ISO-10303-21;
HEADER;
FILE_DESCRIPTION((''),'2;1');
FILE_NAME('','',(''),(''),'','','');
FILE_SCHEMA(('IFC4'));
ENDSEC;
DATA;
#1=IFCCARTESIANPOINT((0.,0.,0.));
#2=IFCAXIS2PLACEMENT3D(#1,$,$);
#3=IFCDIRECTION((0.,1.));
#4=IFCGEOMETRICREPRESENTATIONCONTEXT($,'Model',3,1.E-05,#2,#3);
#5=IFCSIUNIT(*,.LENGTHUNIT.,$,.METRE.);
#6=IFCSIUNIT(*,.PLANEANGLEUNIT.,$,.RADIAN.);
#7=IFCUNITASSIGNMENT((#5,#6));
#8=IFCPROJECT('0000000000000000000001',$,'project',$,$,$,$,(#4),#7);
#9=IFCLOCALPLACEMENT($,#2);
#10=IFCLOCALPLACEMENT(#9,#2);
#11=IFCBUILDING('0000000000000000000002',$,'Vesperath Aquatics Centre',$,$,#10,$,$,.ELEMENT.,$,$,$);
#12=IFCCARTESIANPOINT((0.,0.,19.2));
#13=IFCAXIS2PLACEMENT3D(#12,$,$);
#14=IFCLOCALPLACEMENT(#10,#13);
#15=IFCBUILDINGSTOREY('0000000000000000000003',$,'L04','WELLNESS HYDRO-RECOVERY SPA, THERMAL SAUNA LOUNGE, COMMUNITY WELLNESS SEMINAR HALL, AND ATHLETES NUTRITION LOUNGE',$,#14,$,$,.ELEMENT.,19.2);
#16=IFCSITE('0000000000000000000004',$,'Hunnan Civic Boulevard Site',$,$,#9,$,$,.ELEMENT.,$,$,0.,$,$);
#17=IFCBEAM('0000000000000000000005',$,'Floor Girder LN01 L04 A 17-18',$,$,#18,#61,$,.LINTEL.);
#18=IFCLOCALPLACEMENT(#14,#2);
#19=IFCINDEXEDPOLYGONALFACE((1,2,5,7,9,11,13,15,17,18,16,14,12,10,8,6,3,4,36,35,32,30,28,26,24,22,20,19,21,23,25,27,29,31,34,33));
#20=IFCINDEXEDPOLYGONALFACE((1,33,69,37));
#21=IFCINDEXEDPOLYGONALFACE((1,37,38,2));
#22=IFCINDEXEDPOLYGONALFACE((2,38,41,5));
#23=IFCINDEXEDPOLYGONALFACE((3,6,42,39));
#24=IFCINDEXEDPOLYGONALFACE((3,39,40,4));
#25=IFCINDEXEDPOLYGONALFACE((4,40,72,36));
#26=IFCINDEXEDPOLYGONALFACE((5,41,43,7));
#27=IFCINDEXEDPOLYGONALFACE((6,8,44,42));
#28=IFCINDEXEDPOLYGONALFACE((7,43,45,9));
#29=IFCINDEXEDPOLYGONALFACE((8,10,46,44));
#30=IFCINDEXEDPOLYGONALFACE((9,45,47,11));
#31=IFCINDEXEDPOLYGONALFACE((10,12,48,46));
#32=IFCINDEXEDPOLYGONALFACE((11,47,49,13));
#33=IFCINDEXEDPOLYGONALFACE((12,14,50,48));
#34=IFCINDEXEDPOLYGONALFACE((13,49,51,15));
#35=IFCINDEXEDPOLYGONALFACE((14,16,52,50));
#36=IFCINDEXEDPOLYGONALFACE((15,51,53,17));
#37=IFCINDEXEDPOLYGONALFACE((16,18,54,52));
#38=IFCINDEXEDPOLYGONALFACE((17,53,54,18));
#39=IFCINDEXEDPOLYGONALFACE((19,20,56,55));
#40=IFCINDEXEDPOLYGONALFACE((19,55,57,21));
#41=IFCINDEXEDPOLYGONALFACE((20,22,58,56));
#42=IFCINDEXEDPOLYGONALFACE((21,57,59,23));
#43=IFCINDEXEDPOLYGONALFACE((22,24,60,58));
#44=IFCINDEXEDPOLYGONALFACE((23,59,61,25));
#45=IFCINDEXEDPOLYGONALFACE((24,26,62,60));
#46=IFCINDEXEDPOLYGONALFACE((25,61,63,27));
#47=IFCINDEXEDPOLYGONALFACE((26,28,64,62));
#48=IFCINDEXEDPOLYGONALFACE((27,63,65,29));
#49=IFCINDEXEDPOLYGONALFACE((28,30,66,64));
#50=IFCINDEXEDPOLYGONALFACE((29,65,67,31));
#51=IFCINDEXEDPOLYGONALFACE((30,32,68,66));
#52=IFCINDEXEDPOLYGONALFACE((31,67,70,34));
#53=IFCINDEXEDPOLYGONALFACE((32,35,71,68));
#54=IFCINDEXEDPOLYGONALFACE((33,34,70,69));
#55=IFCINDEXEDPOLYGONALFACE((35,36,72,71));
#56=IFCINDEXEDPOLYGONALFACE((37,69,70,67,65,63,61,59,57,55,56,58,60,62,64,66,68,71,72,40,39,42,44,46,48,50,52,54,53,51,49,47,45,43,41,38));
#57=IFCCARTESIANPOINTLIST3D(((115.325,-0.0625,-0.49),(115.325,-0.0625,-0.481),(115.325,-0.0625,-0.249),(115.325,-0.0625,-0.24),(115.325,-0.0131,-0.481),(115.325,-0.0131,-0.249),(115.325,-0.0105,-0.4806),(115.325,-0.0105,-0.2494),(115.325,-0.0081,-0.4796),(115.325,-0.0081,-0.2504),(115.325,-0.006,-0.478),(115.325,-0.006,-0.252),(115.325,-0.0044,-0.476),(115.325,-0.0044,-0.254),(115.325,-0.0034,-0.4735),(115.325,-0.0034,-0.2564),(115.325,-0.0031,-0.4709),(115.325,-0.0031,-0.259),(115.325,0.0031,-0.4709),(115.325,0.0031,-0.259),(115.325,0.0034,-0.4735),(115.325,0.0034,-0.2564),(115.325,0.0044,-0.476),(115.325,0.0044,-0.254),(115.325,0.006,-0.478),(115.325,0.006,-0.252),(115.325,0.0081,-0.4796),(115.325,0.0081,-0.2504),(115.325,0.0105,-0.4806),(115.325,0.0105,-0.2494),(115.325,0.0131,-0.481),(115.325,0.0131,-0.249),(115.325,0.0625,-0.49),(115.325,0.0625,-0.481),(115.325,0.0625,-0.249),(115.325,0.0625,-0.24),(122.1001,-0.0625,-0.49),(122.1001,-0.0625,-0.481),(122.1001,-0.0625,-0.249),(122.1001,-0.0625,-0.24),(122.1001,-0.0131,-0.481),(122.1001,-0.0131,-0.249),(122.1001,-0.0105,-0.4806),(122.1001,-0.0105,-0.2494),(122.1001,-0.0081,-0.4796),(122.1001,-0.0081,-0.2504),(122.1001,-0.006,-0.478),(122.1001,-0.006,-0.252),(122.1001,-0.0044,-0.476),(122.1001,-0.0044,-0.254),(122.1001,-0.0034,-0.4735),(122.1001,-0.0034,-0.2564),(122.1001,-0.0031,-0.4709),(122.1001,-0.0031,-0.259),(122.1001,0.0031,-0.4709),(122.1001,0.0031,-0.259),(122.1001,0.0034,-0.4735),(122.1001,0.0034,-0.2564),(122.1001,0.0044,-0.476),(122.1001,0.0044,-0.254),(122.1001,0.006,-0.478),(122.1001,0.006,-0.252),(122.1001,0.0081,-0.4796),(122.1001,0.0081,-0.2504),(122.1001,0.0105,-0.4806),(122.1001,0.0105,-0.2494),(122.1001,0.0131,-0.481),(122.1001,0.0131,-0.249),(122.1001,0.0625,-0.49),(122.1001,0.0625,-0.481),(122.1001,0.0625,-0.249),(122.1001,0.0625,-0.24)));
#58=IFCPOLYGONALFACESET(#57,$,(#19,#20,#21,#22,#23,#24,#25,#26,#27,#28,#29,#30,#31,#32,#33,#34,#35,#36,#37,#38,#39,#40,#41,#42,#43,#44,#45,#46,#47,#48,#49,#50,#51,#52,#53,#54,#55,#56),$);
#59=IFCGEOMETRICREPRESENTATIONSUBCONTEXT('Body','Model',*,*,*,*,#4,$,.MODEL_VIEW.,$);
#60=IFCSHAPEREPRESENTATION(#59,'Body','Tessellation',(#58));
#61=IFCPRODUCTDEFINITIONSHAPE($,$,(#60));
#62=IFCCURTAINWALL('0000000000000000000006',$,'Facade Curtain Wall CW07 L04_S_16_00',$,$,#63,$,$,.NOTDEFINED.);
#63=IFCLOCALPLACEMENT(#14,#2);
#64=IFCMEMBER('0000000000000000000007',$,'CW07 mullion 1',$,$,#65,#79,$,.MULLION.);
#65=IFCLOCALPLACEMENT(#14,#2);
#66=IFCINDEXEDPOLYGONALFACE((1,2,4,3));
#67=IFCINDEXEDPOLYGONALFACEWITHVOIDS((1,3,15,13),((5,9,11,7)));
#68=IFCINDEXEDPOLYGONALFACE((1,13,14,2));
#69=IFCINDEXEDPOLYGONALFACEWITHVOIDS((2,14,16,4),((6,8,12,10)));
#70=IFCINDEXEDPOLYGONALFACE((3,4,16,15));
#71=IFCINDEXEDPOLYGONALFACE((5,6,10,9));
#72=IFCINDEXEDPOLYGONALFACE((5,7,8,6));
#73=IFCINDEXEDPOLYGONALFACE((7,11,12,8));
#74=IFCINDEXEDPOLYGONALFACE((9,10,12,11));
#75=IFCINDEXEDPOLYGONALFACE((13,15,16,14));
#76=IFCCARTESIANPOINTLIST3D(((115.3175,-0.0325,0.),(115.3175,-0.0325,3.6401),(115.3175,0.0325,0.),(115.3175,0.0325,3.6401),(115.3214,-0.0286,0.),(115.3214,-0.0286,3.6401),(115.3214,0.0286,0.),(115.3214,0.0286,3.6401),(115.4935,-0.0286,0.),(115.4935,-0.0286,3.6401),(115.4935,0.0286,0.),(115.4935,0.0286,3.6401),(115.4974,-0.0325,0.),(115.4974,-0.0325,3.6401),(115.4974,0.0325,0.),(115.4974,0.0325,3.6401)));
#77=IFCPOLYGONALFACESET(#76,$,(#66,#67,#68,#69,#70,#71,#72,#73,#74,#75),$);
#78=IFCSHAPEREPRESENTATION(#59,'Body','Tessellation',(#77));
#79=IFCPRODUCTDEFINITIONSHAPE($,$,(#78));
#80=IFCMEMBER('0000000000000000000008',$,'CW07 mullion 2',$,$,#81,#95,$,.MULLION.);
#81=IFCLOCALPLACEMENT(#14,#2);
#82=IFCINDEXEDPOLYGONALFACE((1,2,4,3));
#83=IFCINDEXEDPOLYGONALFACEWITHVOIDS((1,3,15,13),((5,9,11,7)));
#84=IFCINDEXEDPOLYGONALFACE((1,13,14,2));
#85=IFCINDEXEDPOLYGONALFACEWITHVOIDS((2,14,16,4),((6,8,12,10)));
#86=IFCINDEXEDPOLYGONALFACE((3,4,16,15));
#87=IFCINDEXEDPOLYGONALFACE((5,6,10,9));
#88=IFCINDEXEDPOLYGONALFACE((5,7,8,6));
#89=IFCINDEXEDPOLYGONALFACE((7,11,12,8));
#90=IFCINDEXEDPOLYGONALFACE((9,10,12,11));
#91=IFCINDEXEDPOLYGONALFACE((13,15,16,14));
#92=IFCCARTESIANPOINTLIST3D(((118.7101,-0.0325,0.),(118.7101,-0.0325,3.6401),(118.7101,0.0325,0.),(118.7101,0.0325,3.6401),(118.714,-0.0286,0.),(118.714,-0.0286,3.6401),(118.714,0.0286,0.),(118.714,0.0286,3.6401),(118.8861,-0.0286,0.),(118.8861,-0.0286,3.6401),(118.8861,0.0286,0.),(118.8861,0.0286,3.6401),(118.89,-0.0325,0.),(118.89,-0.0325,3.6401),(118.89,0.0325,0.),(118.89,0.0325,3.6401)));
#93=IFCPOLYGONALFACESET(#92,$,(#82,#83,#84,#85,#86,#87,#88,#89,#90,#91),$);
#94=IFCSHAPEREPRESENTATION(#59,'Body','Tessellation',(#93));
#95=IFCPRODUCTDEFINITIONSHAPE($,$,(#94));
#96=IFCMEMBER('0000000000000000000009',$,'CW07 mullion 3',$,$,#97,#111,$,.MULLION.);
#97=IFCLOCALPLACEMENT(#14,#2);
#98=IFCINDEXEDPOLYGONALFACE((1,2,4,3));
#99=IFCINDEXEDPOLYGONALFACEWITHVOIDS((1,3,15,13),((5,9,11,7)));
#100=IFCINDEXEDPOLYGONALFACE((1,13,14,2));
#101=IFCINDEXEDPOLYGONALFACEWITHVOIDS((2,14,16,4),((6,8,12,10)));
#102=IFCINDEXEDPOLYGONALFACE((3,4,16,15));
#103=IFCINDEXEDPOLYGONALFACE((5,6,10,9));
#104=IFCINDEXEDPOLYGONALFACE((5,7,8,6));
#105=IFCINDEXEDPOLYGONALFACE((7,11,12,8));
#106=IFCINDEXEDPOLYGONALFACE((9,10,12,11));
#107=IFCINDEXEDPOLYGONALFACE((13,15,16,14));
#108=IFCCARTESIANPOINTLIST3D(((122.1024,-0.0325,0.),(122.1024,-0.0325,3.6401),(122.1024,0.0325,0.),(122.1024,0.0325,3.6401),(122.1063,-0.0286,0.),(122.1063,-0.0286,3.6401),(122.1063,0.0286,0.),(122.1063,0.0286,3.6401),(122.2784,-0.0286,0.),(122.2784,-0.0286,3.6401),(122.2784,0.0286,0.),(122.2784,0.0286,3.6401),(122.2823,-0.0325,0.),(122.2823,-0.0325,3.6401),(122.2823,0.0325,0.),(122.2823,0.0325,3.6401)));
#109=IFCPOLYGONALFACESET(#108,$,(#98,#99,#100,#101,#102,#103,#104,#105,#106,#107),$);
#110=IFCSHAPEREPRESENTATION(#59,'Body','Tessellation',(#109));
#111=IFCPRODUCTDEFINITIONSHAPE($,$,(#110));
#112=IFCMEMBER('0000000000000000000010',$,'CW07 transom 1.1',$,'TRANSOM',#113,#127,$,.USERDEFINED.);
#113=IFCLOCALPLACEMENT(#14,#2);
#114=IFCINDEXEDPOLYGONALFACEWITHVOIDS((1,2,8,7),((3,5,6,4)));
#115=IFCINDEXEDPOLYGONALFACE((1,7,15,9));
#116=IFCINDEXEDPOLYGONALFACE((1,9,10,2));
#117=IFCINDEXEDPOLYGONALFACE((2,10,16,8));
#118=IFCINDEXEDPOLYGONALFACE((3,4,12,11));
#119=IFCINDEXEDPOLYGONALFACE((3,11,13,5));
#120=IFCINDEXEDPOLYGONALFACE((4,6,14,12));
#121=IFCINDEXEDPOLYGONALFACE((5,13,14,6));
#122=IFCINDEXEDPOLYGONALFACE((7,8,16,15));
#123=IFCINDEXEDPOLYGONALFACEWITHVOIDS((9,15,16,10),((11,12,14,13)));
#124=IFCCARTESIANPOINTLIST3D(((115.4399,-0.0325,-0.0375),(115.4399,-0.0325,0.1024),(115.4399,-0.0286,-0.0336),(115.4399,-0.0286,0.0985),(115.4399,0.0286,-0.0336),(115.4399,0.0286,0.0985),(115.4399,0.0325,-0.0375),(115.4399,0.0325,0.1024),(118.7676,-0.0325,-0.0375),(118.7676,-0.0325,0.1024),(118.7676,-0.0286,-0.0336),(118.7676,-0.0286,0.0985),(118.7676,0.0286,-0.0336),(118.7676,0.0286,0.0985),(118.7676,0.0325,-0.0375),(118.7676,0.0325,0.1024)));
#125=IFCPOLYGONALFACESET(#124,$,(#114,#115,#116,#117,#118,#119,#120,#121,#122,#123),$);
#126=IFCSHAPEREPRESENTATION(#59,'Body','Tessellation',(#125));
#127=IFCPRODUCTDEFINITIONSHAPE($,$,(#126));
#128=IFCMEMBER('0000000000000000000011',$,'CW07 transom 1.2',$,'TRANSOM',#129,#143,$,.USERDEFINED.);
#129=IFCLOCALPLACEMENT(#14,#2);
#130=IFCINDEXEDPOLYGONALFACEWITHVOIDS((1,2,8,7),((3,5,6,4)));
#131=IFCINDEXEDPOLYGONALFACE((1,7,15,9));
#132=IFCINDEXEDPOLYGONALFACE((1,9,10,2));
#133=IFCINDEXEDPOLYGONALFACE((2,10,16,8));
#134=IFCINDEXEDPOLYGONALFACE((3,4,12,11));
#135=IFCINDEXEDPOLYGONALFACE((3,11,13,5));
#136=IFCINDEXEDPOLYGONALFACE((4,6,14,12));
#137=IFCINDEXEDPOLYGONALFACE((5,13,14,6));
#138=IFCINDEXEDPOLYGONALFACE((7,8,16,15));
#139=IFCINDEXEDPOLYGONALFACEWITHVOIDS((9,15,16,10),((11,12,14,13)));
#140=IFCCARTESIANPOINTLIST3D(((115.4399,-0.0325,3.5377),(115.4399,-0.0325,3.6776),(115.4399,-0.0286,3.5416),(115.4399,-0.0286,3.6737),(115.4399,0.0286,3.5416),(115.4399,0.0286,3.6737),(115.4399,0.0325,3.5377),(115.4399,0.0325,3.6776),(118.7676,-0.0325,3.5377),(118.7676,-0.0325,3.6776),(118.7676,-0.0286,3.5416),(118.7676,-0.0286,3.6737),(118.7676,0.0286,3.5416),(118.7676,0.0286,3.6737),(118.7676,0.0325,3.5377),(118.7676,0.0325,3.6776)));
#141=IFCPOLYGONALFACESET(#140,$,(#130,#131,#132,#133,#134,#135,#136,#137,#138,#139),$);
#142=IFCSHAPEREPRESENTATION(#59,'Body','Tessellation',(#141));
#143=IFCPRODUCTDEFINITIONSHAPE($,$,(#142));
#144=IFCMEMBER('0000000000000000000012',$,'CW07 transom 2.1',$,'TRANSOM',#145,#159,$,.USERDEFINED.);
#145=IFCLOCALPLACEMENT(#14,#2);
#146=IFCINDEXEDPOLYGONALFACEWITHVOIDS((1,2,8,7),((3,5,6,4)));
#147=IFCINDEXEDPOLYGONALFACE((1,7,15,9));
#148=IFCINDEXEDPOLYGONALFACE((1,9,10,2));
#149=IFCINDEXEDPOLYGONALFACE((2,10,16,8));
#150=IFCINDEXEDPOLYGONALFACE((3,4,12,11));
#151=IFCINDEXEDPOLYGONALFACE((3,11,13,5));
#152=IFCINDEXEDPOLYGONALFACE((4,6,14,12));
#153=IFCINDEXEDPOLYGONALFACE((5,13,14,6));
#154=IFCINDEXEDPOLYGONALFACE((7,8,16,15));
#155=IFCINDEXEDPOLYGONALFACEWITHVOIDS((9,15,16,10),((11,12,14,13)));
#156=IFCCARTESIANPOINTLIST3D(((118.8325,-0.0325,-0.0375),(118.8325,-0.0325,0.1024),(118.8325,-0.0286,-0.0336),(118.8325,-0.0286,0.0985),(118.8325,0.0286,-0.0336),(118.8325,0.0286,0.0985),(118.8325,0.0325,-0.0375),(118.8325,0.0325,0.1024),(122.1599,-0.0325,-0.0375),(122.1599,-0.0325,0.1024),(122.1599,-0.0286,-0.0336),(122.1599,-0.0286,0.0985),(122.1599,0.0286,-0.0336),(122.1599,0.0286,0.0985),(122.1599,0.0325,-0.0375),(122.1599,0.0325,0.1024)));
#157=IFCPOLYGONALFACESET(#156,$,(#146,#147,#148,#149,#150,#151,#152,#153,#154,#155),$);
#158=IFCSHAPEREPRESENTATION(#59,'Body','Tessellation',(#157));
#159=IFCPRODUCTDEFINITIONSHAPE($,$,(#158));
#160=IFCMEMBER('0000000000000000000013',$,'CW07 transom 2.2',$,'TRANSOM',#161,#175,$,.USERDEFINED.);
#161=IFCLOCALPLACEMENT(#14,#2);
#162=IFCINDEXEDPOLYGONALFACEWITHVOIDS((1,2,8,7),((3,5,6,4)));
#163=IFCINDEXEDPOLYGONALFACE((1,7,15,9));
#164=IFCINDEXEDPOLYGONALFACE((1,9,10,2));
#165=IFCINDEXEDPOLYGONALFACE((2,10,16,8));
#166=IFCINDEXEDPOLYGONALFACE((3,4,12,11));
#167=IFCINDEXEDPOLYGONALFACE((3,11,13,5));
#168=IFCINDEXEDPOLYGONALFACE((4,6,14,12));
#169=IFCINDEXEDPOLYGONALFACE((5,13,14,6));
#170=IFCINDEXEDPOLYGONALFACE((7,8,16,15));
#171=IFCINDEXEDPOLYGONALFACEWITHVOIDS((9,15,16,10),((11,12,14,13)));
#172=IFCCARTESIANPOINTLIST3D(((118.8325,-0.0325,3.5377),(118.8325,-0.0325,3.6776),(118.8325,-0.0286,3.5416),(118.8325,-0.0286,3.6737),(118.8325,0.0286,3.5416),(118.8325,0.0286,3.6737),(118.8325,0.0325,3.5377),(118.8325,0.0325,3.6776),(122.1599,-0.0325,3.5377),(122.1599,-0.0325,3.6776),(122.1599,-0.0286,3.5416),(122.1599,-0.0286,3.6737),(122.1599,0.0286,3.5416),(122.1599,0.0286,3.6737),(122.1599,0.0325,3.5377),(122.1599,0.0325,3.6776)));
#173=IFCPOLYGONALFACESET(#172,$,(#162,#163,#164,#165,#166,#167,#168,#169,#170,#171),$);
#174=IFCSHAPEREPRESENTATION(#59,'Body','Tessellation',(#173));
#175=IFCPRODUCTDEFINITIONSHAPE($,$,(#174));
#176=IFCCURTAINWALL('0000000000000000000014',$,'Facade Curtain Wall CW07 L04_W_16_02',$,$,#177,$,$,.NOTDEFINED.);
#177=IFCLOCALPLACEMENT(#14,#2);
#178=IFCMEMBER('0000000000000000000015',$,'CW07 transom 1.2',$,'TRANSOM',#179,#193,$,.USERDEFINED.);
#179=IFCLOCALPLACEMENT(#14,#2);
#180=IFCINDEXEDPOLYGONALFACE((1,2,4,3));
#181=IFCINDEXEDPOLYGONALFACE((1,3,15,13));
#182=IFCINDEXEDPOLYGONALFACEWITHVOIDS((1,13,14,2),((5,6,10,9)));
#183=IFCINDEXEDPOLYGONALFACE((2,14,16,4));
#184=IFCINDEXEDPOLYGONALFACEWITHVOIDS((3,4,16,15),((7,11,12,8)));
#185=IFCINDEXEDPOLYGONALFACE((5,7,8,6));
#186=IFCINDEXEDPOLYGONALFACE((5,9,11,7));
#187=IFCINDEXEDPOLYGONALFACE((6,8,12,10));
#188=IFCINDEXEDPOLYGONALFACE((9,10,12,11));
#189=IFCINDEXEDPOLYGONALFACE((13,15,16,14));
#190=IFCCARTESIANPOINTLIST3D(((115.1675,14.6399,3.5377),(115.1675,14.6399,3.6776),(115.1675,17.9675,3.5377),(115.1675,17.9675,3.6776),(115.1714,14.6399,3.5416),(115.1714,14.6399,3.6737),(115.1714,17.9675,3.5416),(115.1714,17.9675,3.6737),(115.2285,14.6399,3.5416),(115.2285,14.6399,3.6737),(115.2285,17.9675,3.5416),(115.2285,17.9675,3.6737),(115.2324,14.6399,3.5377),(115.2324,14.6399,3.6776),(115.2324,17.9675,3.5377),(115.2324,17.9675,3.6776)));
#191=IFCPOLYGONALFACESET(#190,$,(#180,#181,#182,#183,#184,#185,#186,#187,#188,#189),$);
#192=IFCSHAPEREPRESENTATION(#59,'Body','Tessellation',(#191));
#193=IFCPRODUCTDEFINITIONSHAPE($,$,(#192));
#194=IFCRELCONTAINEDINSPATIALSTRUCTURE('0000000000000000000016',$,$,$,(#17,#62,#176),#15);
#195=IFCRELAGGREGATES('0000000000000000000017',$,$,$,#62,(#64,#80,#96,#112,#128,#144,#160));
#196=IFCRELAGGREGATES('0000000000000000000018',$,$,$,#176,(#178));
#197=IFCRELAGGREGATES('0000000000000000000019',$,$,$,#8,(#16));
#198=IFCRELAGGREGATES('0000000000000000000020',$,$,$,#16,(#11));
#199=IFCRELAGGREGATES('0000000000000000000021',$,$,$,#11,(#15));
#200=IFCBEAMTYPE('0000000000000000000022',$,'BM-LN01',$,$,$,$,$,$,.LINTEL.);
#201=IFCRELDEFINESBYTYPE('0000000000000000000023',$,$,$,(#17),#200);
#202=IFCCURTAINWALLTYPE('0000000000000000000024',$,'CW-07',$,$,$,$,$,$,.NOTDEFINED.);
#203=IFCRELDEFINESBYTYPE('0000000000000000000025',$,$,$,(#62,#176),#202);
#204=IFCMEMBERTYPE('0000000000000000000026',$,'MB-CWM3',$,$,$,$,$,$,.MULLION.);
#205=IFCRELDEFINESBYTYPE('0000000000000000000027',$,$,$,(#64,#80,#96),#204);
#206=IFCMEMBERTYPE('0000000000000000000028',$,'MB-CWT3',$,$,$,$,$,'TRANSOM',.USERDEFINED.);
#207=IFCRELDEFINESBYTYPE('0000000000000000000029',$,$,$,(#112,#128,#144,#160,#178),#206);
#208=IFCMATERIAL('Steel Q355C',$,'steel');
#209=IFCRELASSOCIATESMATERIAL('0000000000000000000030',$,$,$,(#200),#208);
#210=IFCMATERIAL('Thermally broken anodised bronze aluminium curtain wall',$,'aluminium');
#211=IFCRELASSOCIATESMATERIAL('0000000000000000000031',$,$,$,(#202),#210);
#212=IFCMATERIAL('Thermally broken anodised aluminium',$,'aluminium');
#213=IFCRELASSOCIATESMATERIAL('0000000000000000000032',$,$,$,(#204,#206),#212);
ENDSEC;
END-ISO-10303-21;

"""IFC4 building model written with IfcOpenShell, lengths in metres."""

from ifc_helpers import new_model, si_unit, direction, frame, origin, origin_2d, place, context, subcontext, project, spatial, hollow_rectangle, i_section, extrude, material, material_profile, profile_set, type_object, element, aggregate, save


model = new_model("IFC4")

# Units and contexts
model_context = context("Model", 3, precision=1e-05, world=origin(), true_north=direction((0.0, 1.0)))
body_context = subcontext(model_context, "Body", "Model", "MODEL_VIEW")
ifc_project = project(units=[si_unit("LENGTHUNIT", "METRE"), si_unit("PLANEANGLEUNIT", "RADIAN")], contexts=[model_context])

# Site, building, storey
site_placement = place(None, origin())
site = spatial("IfcSite", under=ifc_project, at=site_placement, Name="Hunnan Civic Boulevard Site", CompositionType="ELEMENT", RefElevation=0.0)
building_placement = place(site_placement, origin())
building = spatial("IfcBuilding", under=site, at=building_placement, Name="Vesperath Aquatics Centre", CompositionType="ELEMENT")
storey_placement = place(building_placement, frame((0.0, 0.0, 19.2)))
storey = spatial("IfcBuildingStorey", under=building, at=storey_placement, Name="L04", Description="WELLNESS HYDRO-RECOVERY SPA, THERMAL SAUNA LOUNGE, COMMUNITY WELLNESS SEMINAR HALL, AND ATHLETES NUTRITION LOUNGE", CompositionType="ELEMENT", Elevation=19.2)

# Shared definitions
ifc_material_1 = material(Name="Steel Q355C", Category="steel")

# Beam
ifc_material_profile_1 = material_profile(ifc_material_1, i_section(OverallWidth=0.125, OverallDepth=0.25, WebThickness=0.0061, FlangeThickness=0.009, FilletRadius=0.01, at=origin_2d()), Name="HN 250x125x6x9")
ifc_profile_set_1 = profile_set([ifc_material_profile_1], Name="Steel Q355C")
beam_type_1 = type_object("IfcBeamType", Name="BM-LN01", PredefinedType="LINTEL", material=ifc_profile_set_1)
beam_1_placement = place(storey_placement, frame((115.325, 0.0, -0.365), z_axis=(1.0, 0.0, 0.0), x_axis=(0.0, 1.0, 0.0)))
element("IfcBeam", 1, at=beam_1_placement, inside=storey, type_object=beam_type_1, Name="Floor Girder LN01 L04 A 17-18", PredefinedType="LINTEL", context=body_context, shape_type="SweptSolid", body=[
    extrude(i_section(OverallWidth=0.125, OverallDepth=0.25, WebThickness=0.0061, FlangeThickness=0.009, FilletRadius=0.01, at=origin_2d()), origin(), (0.0, 0.0, 1.0), 6.7751),
])

# Curtain walls, members
ifc_material_2 = material(Name="Thermally broken anodised bronze aluminium curtain wall", Category="aluminium")
curtain_wall_type = type_object("IfcCurtainWallType", Name="CW-07", PredefinedType="NOTDEFINED", material=ifc_material_2)
curtain_wall_1_placement = place(storey_placement, origin())
curtain_wall_1 = element("IfcCurtainWall", 2, at=curtain_wall_1_placement, inside=storey, type_object=curtain_wall_type, Name="Facade Curtain Wall CW07 L04_S_16_00", PredefinedType="NOTDEFINED")
ifc_material_3 = material(Name="Thermally broken anodised aluminium", Category="aluminium")
ifc_material_profile_2 = material_profile(ifc_material_3, hollow_rectangle(XDim=0.0649, YDim=0.1799, WallThickness=0.0039, at=origin_2d()), Name="CWM 65x180x4")
ifc_profile_set_2 = profile_set([ifc_material_profile_2], Name="Thermally broken anodised aluminium")
member_type_1 = type_object("IfcMemberType", Name="MB-CWM3", PredefinedType="MULLION", material=ifc_profile_set_2)
member_1_placement = place(storey_placement, frame((115.4075, 0.0, 0.0), z_axis=(0.0, 0.0, 1.0), x_axis=(0.0, 1.0, 0.0)))
member_1 = element("IfcMember", 3, at=member_1_placement, type_object=member_type_1, Name="CW07 mullion 1", PredefinedType="MULLION", context=body_context, shape_type="SweptSolid", body=[
    extrude(hollow_rectangle(XDim=0.0649, YDim=0.1799, WallThickness=0.0039, at=origin_2d()), origin(), (0.0, 0.0, 1.0), 3.6401),
])
member_2_placement = place(storey_placement, frame((118.8, 0.0, 0.0), z_axis=(0.0, 0.0, 1.0), x_axis=(0.0, 1.0, 0.0)))
member_2 = element("IfcMember", 4, at=member_2_placement, type_object=member_type_1, Name="CW07 mullion 2", PredefinedType="MULLION", context=body_context, shape_type="SweptSolid", body=[
    extrude(hollow_rectangle(XDim=0.0649, YDim=0.1799, WallThickness=0.0039, at=origin_2d()), origin(), (0.0, 0.0, 1.0), 3.6401),
])
member_3_placement = place(storey_placement, frame((122.1924, 0.0, 0.0), z_axis=(0.0, 0.0, 1.0), x_axis=(0.0, 1.0, 0.0)))
member_3 = element("IfcMember", 5, at=member_3_placement, type_object=member_type_1, Name="CW07 mullion 3", PredefinedType="MULLION", context=body_context, shape_type="SweptSolid", body=[
    extrude(hollow_rectangle(XDim=0.0649, YDim=0.1799, WallThickness=0.0039, at=origin_2d()), origin(), (0.0, 0.0, 1.0), 3.6401),
])
ifc_material_profile_3 = material_profile(ifc_material_3, hollow_rectangle(XDim=0.0649, YDim=0.1399, WallThickness=0.0039, at=origin_2d()), Name="CWT 65x140x4")
ifc_profile_set_3 = profile_set([ifc_material_profile_3], Name="Thermally broken anodised aluminium")
member_type_2 = type_object("IfcMemberType", Name="MB-CWT3", ElementType="TRANSOM", PredefinedType="USERDEFINED", material=ifc_profile_set_3)
member_4_placement = place(storey_placement, frame((115.4399, 0.0, 0.0325), z_axis=(1.0, 0.0, 0.0), x_axis=(0.0, 1.0, 0.0)))
member_4 = element("IfcMember", 6, at=member_4_placement, type_object=member_type_2, Name="CW07 transom 1.1", ObjectType="TRANSOM", PredefinedType="USERDEFINED", context=body_context, shape_type="SweptSolid", body=[
    extrude(hollow_rectangle(XDim=0.0649, YDim=0.1399, WallThickness=0.0039, at=origin_2d()), origin(), (0.0, 0.0, 1.0), 3.3276),
])
member_5_placement = place(storey_placement, frame((115.4399, 0.0, 3.6077), z_axis=(1.0, 0.0, 0.0), x_axis=(0.0, 1.0, 0.0)))
member_5 = element("IfcMember", 7, at=member_5_placement, type_object=member_type_2, Name="CW07 transom 1.2", ObjectType="TRANSOM", PredefinedType="USERDEFINED", context=body_context, shape_type="SweptSolid", body=[
    extrude(hollow_rectangle(XDim=0.0649, YDim=0.1399, WallThickness=0.0039, at=origin_2d()), origin(), (0.0, 0.0, 1.0), 3.3276),
])
member_6_placement = place(storey_placement, frame((118.8325, 0.0, 0.0325), z_axis=(1.0, 0.0, 0.0), x_axis=(0.0, 1.0, 0.0)))
member_6 = element("IfcMember", 8, at=member_6_placement, type_object=member_type_2, Name="CW07 transom 2.1", ObjectType="TRANSOM", PredefinedType="USERDEFINED", context=body_context, shape_type="SweptSolid", body=[
    extrude(hollow_rectangle(XDim=0.0649, YDim=0.1399, WallThickness=0.0039, at=origin_2d()), origin(), (0.0, 0.0, 1.0), 3.3274),
])
member_7_placement = place(storey_placement, frame((118.8325, 0.0, 3.6077), z_axis=(1.0, 0.0, 0.0), x_axis=(0.0, 1.0, 0.0)))
member_7 = element("IfcMember", 9, at=member_7_placement, type_object=member_type_2, Name="CW07 transom 2.2", ObjectType="TRANSOM", PredefinedType="USERDEFINED", context=body_context, shape_type="SweptSolid", body=[
    extrude(hollow_rectangle(XDim=0.0649, YDim=0.1399, WallThickness=0.0039, at=origin_2d()), origin(), (0.0, 0.0, 1.0), 3.3274),
])
curtain_wall_2_placement = place(storey_placement, origin())
curtain_wall_2 = element("IfcCurtainWall", 10, at=curtain_wall_2_placement, inside=storey, type_object=curtain_wall_type, Name="Facade Curtain Wall CW07 L04_W_16_02", PredefinedType="NOTDEFINED")
member_8_placement = place(storey_placement, frame((115.2, 14.6399, 3.6077), z_axis=(0.0, 1.0, 0.0), x_axis=(-1.0, 0.0, 0.0)))
member_8 = element("IfcMember", 11, at=member_8_placement, type_object=member_type_2, Name="CW07 transom 1.2", ObjectType="TRANSOM", PredefinedType="USERDEFINED", context=body_context, shape_type="SweptSolid", body=[
    extrude(hollow_rectangle(XDim=0.0649, YDim=0.1399, WallThickness=0.0039, at=origin_2d()), origin(), (0.0, 0.0, 1.0), 3.3276),
])

aggregate(curtain_wall_1, [member_1, member_2, member_3, member_4, member_5, member_6, member_7])
aggregate(curtain_wall_2, [member_8])

save(model, "model.ifc")
